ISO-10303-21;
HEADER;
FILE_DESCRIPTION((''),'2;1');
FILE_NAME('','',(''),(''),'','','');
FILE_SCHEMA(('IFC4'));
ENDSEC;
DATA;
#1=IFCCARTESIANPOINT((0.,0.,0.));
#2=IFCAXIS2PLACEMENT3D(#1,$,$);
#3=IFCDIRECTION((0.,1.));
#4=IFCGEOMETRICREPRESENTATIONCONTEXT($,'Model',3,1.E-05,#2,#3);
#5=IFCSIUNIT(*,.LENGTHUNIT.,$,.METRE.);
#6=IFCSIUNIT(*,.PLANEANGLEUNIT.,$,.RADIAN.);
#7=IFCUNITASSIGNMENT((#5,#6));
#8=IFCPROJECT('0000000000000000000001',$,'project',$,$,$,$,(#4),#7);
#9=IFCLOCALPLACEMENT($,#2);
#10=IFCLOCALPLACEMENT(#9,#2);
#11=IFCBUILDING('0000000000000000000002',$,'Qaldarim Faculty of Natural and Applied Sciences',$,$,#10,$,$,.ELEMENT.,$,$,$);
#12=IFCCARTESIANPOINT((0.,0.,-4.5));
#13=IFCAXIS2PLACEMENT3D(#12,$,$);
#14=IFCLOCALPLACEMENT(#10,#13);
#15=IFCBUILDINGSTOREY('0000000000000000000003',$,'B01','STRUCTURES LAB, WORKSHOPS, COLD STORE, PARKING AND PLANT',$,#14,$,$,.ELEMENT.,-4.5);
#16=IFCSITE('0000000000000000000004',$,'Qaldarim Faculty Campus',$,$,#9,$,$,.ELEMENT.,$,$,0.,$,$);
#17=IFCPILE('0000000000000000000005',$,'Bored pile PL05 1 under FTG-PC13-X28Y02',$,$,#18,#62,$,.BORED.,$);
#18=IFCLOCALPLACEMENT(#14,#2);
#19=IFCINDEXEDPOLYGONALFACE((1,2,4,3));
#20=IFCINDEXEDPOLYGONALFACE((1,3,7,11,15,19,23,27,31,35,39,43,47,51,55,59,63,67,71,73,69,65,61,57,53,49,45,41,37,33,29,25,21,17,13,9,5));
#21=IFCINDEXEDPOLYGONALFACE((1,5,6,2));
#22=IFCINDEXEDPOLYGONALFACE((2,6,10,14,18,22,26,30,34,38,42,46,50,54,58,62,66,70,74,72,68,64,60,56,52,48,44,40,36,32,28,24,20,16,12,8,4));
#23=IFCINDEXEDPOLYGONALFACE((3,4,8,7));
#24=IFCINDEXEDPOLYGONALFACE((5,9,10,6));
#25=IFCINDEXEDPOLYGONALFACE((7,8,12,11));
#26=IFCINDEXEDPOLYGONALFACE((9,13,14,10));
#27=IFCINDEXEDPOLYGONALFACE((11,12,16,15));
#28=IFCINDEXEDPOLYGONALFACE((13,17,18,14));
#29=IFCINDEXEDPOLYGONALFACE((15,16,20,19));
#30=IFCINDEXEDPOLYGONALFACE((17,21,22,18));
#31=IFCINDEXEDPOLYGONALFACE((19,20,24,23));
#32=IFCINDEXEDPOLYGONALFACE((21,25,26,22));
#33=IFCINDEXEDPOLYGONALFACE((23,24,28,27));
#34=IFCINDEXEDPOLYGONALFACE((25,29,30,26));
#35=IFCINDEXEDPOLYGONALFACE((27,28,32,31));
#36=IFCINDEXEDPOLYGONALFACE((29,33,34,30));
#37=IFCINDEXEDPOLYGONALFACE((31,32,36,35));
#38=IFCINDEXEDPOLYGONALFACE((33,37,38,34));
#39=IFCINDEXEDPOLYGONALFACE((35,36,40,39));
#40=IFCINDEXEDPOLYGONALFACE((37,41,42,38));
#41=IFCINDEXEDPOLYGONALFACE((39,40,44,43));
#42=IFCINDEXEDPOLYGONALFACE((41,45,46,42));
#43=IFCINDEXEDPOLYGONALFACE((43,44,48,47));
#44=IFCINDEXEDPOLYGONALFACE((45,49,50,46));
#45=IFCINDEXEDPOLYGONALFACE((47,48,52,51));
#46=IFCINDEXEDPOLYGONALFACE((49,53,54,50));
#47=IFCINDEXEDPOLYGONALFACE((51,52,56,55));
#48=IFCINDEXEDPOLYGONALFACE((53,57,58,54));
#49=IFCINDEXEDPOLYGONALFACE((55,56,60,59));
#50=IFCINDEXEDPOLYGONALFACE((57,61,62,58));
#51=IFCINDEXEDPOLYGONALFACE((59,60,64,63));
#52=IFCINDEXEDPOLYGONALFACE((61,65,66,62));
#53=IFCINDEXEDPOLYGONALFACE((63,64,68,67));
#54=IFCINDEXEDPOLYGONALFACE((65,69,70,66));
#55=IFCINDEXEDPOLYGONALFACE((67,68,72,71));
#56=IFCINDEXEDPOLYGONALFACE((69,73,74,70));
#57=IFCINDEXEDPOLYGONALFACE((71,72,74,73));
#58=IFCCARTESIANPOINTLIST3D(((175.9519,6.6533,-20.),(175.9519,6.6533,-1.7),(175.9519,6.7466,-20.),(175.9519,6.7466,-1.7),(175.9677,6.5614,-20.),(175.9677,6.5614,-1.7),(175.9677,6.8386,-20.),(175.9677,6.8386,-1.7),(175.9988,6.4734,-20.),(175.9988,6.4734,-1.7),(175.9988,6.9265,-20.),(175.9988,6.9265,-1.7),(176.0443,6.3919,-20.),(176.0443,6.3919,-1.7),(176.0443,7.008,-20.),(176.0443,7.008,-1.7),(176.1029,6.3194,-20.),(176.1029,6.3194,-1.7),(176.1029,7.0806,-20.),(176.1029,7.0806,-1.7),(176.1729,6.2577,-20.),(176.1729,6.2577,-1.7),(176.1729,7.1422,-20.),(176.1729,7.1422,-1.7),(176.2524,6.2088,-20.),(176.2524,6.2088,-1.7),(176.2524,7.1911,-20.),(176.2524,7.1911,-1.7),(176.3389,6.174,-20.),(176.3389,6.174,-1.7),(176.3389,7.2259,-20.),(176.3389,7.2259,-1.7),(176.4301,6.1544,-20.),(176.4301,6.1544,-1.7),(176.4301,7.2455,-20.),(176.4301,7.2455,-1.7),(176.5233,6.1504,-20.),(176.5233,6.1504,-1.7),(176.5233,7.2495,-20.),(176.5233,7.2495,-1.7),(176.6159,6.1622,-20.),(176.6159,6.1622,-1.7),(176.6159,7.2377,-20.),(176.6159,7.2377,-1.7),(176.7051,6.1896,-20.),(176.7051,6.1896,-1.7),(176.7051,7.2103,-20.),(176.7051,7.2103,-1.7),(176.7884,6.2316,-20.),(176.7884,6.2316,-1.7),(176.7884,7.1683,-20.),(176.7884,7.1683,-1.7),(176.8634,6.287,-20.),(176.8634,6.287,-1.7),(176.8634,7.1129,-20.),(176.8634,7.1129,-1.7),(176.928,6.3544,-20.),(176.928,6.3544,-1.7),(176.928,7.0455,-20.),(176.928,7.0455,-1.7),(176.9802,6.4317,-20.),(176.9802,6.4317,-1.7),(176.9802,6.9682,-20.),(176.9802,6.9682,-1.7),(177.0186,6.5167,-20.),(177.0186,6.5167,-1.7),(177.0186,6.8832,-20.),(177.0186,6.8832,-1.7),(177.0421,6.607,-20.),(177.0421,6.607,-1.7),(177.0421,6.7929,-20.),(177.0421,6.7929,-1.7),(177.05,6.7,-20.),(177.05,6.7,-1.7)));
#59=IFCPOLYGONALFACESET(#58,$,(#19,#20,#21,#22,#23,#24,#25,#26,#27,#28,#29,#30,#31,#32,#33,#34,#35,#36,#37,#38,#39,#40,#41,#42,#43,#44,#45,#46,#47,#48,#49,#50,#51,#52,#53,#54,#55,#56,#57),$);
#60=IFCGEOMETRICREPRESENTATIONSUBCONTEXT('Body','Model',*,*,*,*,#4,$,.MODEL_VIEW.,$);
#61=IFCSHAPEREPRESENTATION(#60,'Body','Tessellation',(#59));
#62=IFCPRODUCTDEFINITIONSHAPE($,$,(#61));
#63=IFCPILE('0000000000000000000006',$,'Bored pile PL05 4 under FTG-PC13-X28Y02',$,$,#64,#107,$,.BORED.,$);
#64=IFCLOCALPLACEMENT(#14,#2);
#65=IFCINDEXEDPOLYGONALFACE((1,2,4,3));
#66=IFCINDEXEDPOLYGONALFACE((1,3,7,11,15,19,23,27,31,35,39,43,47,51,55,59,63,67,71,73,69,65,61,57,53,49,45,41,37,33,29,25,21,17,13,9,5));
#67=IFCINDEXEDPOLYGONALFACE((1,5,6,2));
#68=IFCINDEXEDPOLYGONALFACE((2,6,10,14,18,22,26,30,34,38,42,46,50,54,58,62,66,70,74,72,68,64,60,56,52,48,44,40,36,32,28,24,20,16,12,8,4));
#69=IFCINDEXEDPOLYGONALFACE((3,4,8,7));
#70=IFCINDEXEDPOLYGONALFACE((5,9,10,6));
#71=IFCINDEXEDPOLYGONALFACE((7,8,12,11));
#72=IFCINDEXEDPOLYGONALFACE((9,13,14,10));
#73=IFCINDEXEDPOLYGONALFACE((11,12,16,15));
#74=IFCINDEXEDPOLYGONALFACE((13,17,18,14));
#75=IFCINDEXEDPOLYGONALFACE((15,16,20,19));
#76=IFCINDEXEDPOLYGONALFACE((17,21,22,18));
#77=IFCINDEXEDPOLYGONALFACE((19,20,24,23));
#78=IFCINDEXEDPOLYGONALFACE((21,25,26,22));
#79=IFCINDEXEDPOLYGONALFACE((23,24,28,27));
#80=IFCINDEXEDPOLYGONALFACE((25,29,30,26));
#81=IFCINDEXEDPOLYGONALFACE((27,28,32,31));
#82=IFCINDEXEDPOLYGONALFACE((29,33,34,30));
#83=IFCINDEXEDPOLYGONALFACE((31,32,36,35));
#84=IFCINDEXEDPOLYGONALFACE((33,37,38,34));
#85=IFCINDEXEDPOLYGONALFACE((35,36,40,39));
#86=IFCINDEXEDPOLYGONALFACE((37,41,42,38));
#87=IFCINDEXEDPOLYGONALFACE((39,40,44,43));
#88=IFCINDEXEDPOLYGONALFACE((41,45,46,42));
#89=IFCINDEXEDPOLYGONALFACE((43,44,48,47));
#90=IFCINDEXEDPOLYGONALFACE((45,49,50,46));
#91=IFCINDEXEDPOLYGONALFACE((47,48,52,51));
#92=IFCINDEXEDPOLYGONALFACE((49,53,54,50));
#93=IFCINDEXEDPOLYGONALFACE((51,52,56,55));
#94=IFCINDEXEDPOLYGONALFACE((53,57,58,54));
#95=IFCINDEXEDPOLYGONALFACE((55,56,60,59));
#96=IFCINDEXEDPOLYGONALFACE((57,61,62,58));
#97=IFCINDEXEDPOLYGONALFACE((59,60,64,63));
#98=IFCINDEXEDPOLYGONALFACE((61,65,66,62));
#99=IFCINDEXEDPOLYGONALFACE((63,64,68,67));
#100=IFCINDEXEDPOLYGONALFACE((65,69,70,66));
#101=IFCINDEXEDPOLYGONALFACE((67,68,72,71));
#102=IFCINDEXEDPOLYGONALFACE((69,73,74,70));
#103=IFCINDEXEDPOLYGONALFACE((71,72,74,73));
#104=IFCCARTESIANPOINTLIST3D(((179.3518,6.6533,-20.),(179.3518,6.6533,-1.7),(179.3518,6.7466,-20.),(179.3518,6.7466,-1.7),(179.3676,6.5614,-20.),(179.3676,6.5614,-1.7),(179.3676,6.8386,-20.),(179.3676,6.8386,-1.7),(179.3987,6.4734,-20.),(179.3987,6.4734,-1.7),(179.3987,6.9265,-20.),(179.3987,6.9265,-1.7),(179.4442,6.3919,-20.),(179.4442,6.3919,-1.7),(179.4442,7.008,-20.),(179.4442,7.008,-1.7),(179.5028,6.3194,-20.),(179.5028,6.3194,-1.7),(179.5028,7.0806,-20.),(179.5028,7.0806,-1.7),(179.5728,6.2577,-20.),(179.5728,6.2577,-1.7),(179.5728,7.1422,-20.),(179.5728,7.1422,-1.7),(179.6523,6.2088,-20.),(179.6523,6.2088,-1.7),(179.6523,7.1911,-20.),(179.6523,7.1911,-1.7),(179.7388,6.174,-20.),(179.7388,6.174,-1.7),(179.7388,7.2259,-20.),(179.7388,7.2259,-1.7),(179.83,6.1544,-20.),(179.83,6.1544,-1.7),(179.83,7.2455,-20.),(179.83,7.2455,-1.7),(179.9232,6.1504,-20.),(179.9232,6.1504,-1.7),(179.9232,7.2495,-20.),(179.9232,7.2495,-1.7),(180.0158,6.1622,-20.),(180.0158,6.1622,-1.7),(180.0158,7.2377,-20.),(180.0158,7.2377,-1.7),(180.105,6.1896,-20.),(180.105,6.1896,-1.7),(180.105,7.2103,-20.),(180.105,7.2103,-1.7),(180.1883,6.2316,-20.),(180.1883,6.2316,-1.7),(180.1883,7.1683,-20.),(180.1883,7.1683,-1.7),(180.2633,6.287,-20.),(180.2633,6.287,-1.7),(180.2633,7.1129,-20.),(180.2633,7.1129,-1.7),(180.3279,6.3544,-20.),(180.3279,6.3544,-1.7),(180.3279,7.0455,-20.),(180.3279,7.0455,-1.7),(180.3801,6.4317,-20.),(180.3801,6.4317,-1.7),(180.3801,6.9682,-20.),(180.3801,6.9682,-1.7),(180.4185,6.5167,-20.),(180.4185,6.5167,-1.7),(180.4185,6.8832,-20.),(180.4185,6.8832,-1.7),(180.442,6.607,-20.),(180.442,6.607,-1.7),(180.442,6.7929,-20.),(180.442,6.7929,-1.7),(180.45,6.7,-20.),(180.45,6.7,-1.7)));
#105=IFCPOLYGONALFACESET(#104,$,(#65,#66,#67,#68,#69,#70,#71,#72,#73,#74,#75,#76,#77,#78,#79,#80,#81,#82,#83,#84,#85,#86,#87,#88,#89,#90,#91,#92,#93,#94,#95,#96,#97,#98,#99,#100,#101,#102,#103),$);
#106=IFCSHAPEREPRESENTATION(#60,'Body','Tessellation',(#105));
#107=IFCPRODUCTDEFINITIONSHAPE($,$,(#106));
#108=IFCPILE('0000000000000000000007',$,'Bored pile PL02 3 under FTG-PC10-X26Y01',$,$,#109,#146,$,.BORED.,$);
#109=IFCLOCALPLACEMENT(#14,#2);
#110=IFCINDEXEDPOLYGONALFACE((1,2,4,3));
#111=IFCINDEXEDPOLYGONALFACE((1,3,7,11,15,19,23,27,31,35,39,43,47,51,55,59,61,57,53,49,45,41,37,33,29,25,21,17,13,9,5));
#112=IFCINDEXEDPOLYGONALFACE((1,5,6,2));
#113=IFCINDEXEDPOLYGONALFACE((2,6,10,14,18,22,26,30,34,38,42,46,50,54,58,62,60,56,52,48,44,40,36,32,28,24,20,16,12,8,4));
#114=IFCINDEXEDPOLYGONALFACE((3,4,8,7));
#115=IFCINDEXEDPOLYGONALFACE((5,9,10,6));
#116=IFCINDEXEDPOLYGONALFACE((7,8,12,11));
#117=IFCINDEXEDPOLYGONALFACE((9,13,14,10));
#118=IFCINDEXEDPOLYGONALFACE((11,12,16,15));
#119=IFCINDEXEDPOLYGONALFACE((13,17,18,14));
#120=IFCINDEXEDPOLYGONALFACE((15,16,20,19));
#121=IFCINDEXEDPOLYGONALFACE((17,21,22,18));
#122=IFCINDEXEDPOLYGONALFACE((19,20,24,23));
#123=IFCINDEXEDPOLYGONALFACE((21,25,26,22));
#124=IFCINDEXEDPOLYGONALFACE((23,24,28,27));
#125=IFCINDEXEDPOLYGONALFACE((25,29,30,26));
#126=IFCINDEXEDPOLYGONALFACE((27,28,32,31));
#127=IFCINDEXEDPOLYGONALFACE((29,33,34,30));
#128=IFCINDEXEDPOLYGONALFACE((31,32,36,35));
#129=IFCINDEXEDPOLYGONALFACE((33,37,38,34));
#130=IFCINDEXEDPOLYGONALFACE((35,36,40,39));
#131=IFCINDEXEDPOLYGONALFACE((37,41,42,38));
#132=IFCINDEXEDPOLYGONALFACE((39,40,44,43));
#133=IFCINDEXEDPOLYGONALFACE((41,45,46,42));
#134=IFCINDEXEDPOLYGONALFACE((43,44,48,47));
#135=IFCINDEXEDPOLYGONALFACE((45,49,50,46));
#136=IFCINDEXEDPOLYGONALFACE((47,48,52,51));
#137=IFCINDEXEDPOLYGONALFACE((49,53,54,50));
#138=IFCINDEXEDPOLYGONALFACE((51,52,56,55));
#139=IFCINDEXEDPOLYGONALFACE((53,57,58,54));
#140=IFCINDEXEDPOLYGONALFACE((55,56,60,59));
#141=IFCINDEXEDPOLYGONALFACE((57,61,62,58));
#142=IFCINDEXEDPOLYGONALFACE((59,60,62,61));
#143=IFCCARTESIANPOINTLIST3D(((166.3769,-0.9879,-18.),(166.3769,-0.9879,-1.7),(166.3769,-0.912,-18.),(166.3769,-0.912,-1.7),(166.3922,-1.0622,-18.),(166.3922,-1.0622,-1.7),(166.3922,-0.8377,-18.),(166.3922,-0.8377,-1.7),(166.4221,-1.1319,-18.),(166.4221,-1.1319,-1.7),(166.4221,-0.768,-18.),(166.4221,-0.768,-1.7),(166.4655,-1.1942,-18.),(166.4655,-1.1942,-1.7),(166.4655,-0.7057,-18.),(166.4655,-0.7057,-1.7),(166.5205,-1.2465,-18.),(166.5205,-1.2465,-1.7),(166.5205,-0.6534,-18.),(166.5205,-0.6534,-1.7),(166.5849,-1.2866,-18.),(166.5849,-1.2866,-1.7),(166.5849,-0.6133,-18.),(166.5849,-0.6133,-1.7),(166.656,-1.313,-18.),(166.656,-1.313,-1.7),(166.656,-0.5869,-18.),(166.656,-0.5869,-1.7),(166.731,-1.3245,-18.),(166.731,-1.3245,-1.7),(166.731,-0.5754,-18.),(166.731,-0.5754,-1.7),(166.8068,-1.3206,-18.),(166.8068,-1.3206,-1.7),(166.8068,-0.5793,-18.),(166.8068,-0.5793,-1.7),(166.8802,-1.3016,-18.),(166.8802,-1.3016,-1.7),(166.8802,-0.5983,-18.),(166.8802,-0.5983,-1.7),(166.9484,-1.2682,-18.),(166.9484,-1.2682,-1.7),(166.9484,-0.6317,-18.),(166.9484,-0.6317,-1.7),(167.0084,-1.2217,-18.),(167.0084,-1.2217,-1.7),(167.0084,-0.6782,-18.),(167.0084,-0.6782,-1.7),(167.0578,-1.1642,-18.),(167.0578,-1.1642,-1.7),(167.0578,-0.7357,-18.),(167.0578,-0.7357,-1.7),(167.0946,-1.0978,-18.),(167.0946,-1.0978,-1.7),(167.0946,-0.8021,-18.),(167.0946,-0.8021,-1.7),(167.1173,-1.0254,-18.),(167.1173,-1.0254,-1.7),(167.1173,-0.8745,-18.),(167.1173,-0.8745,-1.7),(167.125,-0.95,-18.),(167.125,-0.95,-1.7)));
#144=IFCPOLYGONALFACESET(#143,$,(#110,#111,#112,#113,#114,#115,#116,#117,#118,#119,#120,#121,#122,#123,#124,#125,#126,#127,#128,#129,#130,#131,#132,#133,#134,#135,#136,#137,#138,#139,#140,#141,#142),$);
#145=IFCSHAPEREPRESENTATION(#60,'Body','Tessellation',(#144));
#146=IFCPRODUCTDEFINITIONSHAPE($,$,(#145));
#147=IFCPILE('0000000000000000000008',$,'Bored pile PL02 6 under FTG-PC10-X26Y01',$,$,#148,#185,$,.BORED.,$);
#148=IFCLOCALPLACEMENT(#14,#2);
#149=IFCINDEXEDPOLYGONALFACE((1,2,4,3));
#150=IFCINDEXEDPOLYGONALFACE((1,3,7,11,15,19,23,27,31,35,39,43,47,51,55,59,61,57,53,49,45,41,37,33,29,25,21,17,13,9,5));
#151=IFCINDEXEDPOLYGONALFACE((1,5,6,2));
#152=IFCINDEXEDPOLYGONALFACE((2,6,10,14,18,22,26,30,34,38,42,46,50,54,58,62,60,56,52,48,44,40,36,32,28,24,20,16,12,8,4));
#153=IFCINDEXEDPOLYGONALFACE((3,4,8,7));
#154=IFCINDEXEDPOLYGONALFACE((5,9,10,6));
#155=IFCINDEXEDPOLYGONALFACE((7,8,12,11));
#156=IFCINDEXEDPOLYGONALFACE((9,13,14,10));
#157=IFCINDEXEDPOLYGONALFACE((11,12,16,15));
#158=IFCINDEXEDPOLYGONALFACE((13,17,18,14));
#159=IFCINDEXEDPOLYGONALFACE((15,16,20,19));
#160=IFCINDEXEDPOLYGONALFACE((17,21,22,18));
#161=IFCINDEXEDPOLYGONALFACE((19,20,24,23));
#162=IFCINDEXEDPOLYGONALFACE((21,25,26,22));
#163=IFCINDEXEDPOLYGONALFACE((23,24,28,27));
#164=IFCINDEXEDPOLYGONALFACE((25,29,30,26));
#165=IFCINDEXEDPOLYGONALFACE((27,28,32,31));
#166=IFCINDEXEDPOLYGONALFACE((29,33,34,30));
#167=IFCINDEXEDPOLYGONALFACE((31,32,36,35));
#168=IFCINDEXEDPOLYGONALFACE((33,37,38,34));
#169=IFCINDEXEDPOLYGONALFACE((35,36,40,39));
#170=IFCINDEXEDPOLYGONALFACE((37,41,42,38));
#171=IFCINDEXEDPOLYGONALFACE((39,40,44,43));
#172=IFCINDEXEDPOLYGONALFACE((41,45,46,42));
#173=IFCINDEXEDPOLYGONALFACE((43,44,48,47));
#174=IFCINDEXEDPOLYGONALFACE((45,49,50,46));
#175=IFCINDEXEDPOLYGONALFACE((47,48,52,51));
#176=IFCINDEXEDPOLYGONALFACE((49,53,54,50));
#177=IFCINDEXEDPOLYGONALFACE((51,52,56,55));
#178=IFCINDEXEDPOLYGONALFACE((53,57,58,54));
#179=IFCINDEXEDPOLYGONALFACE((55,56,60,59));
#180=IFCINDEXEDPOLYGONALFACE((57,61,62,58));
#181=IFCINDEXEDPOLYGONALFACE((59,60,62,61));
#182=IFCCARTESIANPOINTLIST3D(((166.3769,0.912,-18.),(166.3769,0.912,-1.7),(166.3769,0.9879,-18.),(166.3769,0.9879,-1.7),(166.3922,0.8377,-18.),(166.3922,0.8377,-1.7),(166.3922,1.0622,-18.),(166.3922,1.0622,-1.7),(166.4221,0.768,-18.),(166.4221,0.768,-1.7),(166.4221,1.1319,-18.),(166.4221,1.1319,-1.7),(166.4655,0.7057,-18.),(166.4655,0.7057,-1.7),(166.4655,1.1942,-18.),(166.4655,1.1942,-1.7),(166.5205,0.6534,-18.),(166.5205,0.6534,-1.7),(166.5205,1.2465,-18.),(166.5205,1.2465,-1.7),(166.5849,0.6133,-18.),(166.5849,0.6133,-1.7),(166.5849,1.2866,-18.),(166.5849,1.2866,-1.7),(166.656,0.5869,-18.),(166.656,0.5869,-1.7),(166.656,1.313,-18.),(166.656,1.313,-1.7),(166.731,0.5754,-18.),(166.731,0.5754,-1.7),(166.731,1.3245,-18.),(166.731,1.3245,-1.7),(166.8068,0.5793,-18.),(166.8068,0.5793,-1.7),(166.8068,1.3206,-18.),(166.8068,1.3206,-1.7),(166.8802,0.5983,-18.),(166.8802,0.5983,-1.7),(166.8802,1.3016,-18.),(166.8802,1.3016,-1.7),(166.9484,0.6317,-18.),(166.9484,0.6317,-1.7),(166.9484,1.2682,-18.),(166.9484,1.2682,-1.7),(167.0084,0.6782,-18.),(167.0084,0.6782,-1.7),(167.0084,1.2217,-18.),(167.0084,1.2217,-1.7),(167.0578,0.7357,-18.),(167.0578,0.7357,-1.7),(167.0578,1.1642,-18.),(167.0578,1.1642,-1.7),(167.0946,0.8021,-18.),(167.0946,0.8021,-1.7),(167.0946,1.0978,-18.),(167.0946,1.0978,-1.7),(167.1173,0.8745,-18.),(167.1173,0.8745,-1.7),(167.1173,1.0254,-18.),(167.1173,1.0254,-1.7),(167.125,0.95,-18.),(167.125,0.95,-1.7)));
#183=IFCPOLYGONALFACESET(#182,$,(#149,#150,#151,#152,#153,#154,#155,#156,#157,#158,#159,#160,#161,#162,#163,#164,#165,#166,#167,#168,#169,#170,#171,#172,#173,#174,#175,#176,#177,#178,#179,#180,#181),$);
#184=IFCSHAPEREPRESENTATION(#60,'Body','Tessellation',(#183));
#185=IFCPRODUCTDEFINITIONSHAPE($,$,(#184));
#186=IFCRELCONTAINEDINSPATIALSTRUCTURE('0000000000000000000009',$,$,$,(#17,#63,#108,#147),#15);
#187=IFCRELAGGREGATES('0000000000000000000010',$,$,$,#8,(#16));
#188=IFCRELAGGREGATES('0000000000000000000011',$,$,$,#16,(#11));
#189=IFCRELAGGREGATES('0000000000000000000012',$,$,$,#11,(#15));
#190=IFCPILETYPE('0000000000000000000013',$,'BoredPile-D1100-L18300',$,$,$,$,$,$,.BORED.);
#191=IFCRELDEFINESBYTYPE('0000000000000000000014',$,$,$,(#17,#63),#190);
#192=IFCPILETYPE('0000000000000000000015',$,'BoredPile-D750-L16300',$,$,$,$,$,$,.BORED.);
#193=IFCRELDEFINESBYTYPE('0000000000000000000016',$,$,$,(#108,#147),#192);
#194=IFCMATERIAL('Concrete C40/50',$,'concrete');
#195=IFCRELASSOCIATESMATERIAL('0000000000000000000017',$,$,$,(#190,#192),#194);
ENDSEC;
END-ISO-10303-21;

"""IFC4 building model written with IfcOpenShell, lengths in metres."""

from ifc_helpers import new_model, si_unit, direction, frame, origin, origin_2d, place, context, subcontext, project, spatial, circle, extrude, material, material_profile, profile_set, type_object, element, save


model = new_model("IFC4")

# Units and contexts
model_context = context("Model", 3, precision=1e-05, world=origin(), true_north=direction((0.0, 1.0)))
body_context = subcontext(model_context, "Body", "Model", "MODEL_VIEW")
ifc_project = project(units=[si_unit("LENGTHUNIT", "METRE"), si_unit("PLANEANGLEUNIT", "RADIAN")], contexts=[model_context])

# Site, building, storey
site_placement = place(None, origin())
site = spatial("IfcSite", under=ifc_project, at=site_placement, Name="Qaldarim Faculty Campus", CompositionType="ELEMENT", RefElevation=0.0)
building_placement = place(site_placement, origin())
building = spatial("IfcBuilding", under=site, at=building_placement, Name="Qaldarim Faculty of Natural and Applied Sciences", CompositionType="ELEMENT")
storey_placement = place(building_placement, frame((0.0, 0.0, -4.5)))
storey = spatial("IfcBuildingStorey", under=building, at=storey_placement, Name="B01", Description="STRUCTURES LAB, WORKSHOPS, COLD STORE, PARKING AND PLANT", CompositionType="ELEMENT", Elevation=-4.5)

# Piles
ifc_material_1 = material(Name="Concrete C40/50", Category="concrete")
ifc_material_profile_1 = material_profile(ifc_material_1, circle(Radius=0.55, at=origin_2d()), Name="PILE-D1100")
ifc_profile_set_1 = profile_set([ifc_material_profile_1], Name="Concrete C40/50")
pile_type_1 = type_object("IfcPileType", Name="BoredPile-D1100-L18300", PredefinedType="BORED", material=ifc_profile_set_1)
for number, where, z_axis, x_axis, name in (
    (1, (176.5, 6.7, -1.7), (0.0, 0.0, -1.0), (1.0, 0.0, 0.0), "Bored pile PL05 1 under FTG-PC13-X28Y02"),
    (2, (179.8999, 6.7, -1.7), (0.0, 0.0, -1.0), (1.0, 0.0, 0.0), "Bored pile PL05 4 under FTG-PC13-X28Y02"),
):
    element("IfcPile", number, at=place(storey_placement, frame(where, z_axis=z_axis, x_axis=x_axis)), inside=storey, type_object=pile_type_1, Name=name, PredefinedType="BORED", context=body_context, shape_type="SweptSolid", body=[
        extrude(circle(Radius=0.55, at=origin_2d()), origin(), (0.0, 0.0, 1.0), 18.3),
    ])
ifc_material_profile_2 = material_profile(ifc_material_1, circle(Radius=0.375, at=origin_2d()), Name="PILE-D750")
ifc_profile_set_2 = profile_set([ifc_material_profile_2], Name="Concrete C40/50")
pile_type_2 = type_object("IfcPileType", Name="BoredPile-D750-L16300", PredefinedType="BORED", material=ifc_profile_set_2)
for number, where, z_axis, x_axis, name in (
    (3, (166.75, -0.95, -1.7), (0.0, 0.0, -1.0), (1.0, 0.0, 0.0), "Bored pile PL02 3 under FTG-PC10-X26Y01"),
    (4, (166.75, 0.95, -1.7), (0.0, 0.0, -1.0), (1.0, 0.0, 0.0), "Bored pile PL02 6 under FTG-PC10-X26Y01"),
):
    element("IfcPile", number, at=place(storey_placement, frame(where, z_axis=z_axis, x_axis=x_axis)), inside=storey, type_object=pile_type_2, Name=name, PredefinedType="BORED", context=body_context, shape_type="SweptSolid", body=[
        extrude(circle(Radius=0.375, at=origin_2d()), origin(), (0.0, 0.0, 1.0), 16.3),
    ])

save(model, "model.ifc")
